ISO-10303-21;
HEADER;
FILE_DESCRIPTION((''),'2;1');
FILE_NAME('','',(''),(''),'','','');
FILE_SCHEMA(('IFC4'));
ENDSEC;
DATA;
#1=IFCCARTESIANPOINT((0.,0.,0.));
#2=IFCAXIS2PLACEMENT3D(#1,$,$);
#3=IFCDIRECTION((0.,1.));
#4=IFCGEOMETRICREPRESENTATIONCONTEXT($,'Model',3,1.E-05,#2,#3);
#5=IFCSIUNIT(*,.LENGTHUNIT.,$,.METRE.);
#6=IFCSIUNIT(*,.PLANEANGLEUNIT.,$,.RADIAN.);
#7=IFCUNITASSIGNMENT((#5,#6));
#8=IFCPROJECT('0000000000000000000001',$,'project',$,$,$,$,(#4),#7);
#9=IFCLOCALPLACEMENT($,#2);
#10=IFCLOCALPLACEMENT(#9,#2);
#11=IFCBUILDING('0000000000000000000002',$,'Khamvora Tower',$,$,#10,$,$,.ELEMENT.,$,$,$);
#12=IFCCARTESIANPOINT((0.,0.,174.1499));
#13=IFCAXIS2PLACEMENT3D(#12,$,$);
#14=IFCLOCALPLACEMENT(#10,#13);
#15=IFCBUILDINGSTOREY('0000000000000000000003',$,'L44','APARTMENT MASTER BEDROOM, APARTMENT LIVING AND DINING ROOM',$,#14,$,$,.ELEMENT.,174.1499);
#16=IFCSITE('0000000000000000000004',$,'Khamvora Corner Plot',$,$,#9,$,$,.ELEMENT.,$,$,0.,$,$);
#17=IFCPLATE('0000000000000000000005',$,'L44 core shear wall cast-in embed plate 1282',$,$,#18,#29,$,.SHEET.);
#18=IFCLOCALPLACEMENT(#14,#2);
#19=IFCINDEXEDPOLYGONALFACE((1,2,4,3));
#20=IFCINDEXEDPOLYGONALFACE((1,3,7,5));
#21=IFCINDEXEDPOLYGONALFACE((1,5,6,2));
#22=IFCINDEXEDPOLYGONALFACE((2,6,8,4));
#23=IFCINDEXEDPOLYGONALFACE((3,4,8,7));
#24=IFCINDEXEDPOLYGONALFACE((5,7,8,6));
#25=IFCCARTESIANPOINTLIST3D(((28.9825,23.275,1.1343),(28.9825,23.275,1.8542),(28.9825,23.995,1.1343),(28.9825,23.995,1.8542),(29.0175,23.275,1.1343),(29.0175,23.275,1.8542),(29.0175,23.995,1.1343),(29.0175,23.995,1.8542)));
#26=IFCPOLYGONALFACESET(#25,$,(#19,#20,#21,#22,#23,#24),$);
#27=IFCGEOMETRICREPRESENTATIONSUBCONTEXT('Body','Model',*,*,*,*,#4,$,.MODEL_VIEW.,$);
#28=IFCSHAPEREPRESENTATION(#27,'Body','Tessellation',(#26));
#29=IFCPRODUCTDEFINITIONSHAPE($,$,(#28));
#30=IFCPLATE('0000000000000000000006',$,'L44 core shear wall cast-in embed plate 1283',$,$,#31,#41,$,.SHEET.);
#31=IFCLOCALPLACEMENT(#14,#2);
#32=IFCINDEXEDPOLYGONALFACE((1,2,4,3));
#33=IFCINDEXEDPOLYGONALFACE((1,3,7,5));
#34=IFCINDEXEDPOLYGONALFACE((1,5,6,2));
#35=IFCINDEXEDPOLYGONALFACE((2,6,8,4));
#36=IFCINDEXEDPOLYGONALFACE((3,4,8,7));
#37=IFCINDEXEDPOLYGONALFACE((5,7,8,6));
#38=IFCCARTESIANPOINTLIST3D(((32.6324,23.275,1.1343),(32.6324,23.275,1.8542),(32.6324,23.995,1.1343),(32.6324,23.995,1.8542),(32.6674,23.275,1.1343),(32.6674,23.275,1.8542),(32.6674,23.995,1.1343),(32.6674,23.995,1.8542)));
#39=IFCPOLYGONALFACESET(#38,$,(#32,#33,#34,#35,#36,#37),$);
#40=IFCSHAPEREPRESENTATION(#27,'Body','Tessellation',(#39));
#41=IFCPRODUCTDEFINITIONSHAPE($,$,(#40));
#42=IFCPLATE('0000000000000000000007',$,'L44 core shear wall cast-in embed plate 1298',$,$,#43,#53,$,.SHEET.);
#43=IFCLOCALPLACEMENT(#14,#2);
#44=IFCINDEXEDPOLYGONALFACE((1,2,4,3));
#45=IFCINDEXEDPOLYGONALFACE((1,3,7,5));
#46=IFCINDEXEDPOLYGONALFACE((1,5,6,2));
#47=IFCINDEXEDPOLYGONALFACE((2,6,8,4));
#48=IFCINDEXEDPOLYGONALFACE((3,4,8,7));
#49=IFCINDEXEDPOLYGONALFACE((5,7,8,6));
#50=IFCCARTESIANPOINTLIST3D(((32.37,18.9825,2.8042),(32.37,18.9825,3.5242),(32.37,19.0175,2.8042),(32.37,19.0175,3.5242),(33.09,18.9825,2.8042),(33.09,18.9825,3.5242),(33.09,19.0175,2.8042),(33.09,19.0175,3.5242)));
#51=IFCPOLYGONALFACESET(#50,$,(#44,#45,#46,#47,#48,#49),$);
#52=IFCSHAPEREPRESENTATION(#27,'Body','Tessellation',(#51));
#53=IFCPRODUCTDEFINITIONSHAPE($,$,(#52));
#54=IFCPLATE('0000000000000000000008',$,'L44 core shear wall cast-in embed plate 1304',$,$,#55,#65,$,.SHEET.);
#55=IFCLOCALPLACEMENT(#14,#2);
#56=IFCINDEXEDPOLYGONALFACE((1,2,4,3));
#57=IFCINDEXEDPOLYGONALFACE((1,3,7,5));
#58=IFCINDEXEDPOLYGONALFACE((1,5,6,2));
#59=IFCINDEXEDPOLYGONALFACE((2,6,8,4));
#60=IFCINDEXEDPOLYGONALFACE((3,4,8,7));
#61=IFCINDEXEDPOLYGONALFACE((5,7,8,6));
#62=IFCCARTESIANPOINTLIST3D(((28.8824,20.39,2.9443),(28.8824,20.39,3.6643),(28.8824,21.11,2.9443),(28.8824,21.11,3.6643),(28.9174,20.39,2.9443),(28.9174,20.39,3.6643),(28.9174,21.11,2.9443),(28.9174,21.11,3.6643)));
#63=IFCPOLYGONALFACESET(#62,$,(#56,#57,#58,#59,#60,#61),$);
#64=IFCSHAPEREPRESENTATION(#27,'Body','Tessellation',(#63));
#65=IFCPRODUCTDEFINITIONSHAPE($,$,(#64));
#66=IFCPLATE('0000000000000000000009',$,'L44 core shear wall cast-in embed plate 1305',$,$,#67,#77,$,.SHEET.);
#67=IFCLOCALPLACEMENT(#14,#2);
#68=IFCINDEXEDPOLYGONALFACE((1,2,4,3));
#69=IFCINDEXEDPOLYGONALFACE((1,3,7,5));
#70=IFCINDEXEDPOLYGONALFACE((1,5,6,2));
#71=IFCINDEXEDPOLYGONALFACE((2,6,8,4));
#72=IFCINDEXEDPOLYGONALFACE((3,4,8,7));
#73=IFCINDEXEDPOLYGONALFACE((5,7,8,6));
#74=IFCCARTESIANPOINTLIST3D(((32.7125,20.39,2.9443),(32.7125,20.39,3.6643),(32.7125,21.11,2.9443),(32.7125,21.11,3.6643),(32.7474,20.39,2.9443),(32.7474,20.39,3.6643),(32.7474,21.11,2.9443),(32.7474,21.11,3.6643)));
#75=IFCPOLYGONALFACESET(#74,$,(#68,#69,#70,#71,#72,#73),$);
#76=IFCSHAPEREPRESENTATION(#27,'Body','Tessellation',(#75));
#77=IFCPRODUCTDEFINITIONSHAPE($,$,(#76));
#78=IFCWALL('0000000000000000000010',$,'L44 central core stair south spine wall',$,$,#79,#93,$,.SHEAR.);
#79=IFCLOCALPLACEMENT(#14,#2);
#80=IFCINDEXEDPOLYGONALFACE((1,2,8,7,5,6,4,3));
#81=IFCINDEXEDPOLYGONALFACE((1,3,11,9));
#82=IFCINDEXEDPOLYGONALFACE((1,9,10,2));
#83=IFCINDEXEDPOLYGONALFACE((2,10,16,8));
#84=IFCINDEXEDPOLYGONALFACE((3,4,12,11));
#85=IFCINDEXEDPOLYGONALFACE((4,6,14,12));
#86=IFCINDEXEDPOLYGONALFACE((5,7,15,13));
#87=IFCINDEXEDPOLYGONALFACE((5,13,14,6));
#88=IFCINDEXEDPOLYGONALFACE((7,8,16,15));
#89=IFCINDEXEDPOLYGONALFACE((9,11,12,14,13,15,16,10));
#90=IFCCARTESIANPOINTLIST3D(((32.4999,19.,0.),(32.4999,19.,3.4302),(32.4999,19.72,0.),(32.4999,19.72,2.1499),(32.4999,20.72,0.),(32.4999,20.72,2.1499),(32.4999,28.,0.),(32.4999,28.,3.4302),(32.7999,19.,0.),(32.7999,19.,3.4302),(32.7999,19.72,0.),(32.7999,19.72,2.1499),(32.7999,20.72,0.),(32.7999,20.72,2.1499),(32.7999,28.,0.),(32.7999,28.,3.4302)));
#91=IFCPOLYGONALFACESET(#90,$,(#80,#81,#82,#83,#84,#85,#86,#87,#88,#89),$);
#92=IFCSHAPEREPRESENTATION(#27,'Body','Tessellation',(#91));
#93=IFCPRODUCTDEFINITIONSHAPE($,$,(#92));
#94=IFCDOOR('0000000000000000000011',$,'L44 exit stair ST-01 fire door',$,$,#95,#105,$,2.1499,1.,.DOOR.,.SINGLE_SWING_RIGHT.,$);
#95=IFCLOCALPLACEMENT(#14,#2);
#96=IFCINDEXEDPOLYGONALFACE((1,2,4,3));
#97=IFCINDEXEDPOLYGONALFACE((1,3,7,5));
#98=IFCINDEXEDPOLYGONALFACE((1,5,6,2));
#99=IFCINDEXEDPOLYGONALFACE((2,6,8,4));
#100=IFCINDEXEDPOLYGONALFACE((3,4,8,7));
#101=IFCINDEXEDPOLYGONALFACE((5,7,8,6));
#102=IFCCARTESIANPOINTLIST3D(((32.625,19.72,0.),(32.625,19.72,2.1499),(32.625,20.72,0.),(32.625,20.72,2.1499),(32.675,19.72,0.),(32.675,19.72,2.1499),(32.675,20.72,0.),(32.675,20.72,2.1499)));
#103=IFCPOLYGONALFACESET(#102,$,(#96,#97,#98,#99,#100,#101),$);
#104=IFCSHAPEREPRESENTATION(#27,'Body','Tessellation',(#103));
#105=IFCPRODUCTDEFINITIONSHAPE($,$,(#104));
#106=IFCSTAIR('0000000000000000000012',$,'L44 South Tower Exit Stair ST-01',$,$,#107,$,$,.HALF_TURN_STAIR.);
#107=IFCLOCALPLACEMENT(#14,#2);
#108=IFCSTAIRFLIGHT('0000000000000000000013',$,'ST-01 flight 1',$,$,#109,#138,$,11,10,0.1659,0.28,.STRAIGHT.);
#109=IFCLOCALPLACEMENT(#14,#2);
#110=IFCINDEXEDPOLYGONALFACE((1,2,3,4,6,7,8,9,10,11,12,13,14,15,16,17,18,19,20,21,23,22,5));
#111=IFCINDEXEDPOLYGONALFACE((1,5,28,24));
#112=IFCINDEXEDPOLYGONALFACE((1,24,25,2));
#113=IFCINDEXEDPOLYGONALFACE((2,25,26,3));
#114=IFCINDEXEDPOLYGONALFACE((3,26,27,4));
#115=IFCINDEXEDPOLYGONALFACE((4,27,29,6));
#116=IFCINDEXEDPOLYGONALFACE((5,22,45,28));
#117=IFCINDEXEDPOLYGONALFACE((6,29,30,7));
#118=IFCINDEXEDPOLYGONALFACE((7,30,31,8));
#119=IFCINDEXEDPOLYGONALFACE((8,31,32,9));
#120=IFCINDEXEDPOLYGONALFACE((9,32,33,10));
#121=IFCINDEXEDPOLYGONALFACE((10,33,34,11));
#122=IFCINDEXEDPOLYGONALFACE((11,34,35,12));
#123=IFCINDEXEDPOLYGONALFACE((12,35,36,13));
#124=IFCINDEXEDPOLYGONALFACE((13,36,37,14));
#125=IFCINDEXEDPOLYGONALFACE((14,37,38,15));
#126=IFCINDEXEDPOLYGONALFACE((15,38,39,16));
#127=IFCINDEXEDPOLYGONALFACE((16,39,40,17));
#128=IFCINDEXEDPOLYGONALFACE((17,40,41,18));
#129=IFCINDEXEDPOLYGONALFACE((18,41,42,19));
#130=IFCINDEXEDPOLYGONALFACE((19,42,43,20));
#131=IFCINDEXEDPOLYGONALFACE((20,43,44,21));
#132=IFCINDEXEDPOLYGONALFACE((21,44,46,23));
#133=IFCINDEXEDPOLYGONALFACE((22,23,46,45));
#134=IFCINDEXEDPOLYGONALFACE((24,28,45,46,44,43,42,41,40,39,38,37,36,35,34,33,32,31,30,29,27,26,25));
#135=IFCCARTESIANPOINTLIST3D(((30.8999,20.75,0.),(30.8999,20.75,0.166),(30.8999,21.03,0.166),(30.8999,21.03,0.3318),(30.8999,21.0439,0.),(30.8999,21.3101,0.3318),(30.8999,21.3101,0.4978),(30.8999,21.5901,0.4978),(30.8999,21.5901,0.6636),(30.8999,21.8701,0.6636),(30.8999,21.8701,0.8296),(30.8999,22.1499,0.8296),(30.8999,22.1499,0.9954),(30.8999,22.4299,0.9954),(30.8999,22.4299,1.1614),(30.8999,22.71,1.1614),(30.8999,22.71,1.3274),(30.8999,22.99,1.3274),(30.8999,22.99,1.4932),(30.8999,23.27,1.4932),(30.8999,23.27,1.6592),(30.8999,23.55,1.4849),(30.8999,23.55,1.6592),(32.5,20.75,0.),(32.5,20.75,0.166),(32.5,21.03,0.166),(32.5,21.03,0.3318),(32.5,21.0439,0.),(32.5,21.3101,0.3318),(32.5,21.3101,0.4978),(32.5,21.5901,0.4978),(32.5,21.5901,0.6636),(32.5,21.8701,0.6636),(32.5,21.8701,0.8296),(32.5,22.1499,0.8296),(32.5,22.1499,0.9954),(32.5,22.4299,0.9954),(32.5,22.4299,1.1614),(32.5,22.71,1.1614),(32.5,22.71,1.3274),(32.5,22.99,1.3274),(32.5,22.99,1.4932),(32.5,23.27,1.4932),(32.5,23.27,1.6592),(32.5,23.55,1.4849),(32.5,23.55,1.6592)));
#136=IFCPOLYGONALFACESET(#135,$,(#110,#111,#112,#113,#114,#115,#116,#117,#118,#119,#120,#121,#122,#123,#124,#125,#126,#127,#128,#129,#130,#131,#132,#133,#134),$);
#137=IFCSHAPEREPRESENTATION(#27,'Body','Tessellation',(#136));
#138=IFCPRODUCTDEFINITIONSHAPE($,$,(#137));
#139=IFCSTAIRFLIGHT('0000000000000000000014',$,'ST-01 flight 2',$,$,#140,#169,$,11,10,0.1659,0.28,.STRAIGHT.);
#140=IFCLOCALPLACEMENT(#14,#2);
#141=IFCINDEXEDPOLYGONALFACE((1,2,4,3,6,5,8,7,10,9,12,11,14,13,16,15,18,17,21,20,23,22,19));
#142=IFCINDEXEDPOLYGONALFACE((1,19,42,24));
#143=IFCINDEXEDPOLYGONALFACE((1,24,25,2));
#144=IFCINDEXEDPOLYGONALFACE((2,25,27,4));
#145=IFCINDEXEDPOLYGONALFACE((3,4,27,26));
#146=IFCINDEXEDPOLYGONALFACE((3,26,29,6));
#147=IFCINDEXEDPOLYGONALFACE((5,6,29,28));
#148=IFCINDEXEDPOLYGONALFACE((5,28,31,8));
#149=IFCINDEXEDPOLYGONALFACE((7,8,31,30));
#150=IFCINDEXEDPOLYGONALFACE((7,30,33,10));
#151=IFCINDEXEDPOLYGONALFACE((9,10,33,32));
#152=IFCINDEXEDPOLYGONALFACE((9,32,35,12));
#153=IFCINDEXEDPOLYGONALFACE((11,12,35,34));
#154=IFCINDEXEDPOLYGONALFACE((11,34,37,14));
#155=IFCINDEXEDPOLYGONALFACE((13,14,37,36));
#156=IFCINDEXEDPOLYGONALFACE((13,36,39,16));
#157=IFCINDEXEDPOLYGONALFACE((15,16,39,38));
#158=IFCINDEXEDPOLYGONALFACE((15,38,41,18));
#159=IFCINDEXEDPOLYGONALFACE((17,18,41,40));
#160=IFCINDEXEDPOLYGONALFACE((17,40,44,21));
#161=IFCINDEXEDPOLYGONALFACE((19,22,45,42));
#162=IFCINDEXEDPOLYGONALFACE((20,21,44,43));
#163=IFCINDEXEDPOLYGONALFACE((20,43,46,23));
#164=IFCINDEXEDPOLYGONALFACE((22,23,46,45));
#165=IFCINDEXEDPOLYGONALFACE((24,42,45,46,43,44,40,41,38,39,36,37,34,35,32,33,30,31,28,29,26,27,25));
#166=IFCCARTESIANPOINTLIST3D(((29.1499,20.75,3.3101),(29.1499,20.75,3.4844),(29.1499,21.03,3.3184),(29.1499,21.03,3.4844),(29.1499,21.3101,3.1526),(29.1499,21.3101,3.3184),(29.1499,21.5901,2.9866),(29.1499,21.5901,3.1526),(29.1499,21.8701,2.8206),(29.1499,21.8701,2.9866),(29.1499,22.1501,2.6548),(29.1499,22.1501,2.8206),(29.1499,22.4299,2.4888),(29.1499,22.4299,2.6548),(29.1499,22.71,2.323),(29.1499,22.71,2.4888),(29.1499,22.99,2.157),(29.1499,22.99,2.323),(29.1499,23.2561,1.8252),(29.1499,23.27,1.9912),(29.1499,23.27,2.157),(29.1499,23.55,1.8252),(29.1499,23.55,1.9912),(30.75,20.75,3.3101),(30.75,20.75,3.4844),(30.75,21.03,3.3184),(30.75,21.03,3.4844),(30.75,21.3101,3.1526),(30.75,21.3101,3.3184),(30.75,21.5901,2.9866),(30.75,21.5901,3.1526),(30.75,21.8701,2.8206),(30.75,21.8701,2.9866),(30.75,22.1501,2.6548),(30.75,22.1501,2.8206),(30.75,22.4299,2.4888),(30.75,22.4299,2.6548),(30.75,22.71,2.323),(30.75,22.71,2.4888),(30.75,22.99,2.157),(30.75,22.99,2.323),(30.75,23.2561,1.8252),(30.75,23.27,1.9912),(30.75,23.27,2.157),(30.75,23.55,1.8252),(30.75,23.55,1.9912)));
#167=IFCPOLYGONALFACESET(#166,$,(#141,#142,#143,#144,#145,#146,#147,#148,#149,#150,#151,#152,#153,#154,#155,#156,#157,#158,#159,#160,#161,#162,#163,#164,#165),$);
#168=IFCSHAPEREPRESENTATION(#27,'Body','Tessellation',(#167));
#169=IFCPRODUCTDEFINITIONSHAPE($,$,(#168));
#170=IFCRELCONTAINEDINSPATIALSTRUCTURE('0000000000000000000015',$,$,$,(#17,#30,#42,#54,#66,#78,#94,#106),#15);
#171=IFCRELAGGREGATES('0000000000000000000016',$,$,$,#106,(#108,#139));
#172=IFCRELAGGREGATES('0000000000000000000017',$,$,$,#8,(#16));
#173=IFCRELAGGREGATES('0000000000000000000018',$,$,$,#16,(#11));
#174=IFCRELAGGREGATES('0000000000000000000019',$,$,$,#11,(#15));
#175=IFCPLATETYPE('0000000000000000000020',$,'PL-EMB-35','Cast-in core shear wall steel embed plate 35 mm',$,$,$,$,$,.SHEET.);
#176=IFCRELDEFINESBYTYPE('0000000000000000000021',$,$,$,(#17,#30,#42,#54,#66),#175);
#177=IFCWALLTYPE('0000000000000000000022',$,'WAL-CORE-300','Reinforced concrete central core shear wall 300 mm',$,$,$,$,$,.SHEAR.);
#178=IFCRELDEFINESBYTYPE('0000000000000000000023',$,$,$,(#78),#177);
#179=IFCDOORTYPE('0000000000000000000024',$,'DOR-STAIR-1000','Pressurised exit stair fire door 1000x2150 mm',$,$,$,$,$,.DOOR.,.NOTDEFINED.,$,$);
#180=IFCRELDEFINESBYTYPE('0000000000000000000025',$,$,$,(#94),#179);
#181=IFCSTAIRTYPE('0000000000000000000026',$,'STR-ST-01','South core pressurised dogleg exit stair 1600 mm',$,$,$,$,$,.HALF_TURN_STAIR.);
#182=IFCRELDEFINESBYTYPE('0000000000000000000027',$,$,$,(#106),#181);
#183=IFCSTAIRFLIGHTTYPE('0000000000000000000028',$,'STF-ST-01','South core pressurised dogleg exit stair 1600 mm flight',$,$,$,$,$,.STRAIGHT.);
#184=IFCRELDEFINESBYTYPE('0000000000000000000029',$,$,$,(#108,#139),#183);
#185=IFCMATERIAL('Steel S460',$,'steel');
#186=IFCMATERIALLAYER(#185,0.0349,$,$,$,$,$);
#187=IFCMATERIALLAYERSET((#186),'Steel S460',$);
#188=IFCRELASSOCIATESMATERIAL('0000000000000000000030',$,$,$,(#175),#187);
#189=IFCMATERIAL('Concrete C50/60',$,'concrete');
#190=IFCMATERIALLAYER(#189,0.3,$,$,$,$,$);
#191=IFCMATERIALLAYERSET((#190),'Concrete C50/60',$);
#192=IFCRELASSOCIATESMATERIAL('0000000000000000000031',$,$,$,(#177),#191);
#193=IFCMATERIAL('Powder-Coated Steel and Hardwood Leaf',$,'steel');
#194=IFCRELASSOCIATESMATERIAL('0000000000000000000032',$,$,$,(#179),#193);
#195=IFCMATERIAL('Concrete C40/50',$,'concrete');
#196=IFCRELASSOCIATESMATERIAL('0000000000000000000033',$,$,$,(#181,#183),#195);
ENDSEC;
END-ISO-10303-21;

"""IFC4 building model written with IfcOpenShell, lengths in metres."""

from ifc_helpers import new_model, si_unit, direction, frame, frame_2d, origin, origin_2d, place, context, subcontext, project, spatial, polyline, rectangle, outline, extrude, material, layer, layer_set, type_object, element, fill, aggregate, save


model = new_model("IFC4")

# Units and contexts
model_context = context("Model", 3, precision=1e-05, world=origin(), true_north=direction((0.0, 1.0)))
body_context = subcontext(model_context, "Body", "Model", "MODEL_VIEW")
ifc_project = project(units=[si_unit("LENGTHUNIT", "METRE"), si_unit("PLANEANGLEUNIT", "RADIAN")], contexts=[model_context])

# Site, building, storey
site_placement = place(None, origin())
site = spatial("IfcSite", under=ifc_project, at=site_placement, Name="Khamvora Corner Plot", CompositionType="ELEMENT", RefElevation=0.0)
building_placement = place(site_placement, origin())
building = spatial("IfcBuilding", under=site, at=building_placement, Name="Khamvora Tower", CompositionType="ELEMENT")
storey_placement = place(building_placement, frame((0.0, 0.0, 174.1499)))
storey = spatial("IfcBuildingStorey", under=building, at=storey_placement, Name="L44", Description="APARTMENT MASTER BEDROOM, APARTMENT LIVING AND DINING ROOM", CompositionType="ELEMENT", Elevation=174.1499)

# Plates
ifc_material_1 = material(Name="Steel S460", Category="steel")
ifc_layer_1 = layer(ifc_material_1, 0.0349)
ifc_layer_set_1 = layer_set([ifc_layer_1], Name="Steel S460")
plate_type = type_object("IfcPlateType", Name="PL-EMB-35", Description="Cast-in core shear wall steel embed plate 35 mm", PredefinedType="SHEET", material=ifc_layer_set_1)
for number, where, z_axis, x_axis, name in (
    (1, (29.0, 23.635, 1.1343), (0.0, 0.0, 1.0), (1.0, 0.0, 0.0), "L44 core shear wall cast-in embed plate 1282"),
    (2, (32.6499, 23.635, 1.1343), (0.0, 0.0, 1.0), (1.0, 0.0, 0.0), "L44 core shear wall cast-in embed plate 1283"),
):
    element("IfcPlate", number, at=place(storey_placement, frame(where, z_axis=z_axis, x_axis=x_axis)), inside=storey, type_object=plate_type, Name=name, PredefinedType="SHEET", context=body_context, shape_type="SweptSolid", body=[
        extrude(rectangle(XDim=0.0349, YDim=0.72, at=origin_2d()), origin(), (0.0, 0.0, 1.0), 0.72),
    ])
plate_placement = place(storey_placement, frame((32.73, 19.0, 2.8042), z_axis=(0.0, 0.0, 1.0), x_axis=(1.0, 0.0, 0.0)))
element("IfcPlate", 3, at=plate_placement, inside=storey, type_object=plate_type, Name="L44 core shear wall cast-in embed plate 1298", PredefinedType="SHEET", context=body_context, shape_type="SweptSolid", body=[
    extrude(rectangle(XDim=0.72, YDim=0.0349, at=origin_2d()), origin(), (0.0, 0.0, 1.0), 0.72),
])
for number, where, z_axis, x_axis, name in (
    (4, (28.8999, 20.75, 2.9443), (0.0, 0.0, 1.0), (1.0, 0.0, 0.0), "L44 core shear wall cast-in embed plate 1304"),
    (5, (32.73, 20.75, 2.9443), (0.0, 0.0, 1.0), (1.0, 0.0, 0.0), "L44 core shear wall cast-in embed plate 1305"),
):
    element("IfcPlate", number, at=place(storey_placement, frame(where, z_axis=z_axis, x_axis=x_axis)), inside=storey, type_object=plate_type, Name=name, PredefinedType="SHEET", context=body_context, shape_type="SweptSolid", body=[
        extrude(rectangle(XDim=0.0349, YDim=0.72, at=origin_2d()), origin(), (0.0, 0.0, 1.0), 0.72),
    ])

# Wall, opening, door
ifc_material_2 = material(Name="Concrete C50/60", Category="concrete")
ifc_layer_2 = layer(ifc_material_2, 0.3)
ifc_layer_set_2 = layer_set([ifc_layer_2], Name="Concrete C50/60")
wall_type = type_object("IfcWallType", Name="WAL-CORE-300", Description="Reinforced concrete central core shear wall 300 mm", PredefinedType="SHEAR", material=ifc_layer_set_2)
wall_1_placement = place(storey_placement, frame((32.6499, 19.0, 0.0), z_axis=(0.0, 0.0, 1.0), x_axis=(0.0, 1.0, 0.0)))
wall_1 = element("IfcWall", 6, at=wall_1_placement, inside=storey, type_object=wall_type, Name="L44 central core stair south spine wall", PredefinedType="SHEAR", context=body_context, shape_type="SweptSolid", body=[
    extrude(rectangle(XDim=9.0, YDim=0.3, at=frame_2d((4.5, 0.0))), origin(), (0.0, 0.0, 1.0), 3.4302),
])
opening_1_placement = place(wall_1_placement, frame((0.72, 0.0, 0.0)))
opening_1 = element("IfcOpeningElement", 7, at=opening_1_placement, cuts=wall_1, PredefinedType="OPENING", context=body_context, shape_type="SweptSolid", body=[
    extrude(rectangle(XDim=1.0, YDim=2.1499, at=frame_2d((0.5, 1.075))), frame((0.0, 0.1599, 0.0), z_axis=(0.0, -1.0, 0.0), x_axis=(1.0, 0.0, 0.0)), (0.0, 0.0, 1.0), 0.3201),
])
ifc_material_3 = material(Name="Powder-Coated Steel and Hardwood Leaf", Category="steel")
door_type_1 = type_object("IfcDoorType", Name="DOR-STAIR-1000", Description="Pressurised exit stair fire door 1000x2150 mm", OperationType="NOTDEFINED", PredefinedType="DOOR", material=ifc_material_3)
door_1_placement = place(opening_1_placement, origin())
door_1 = element("IfcDoor", 8, at=door_1_placement, inside=storey, type_object=door_type_1, Name="L44 exit stair ST-01 fire door", OperationType="SINGLE_SWING_RIGHT", OverallHeight=2.1499, OverallWidth=1.0, PredefinedType="DOOR", context=body_context, shape_type="SweptSolid", body=[
    extrude(rectangle(XDim=1.0, YDim=2.1499, at=frame_2d((0.5, 1.075))), frame((0.0, 0.0249, 0.0), z_axis=(0.0, -1.0, 0.0), x_axis=(1.0, 0.0, 0.0)), (0.0, 0.0, 1.0), 0.05),
])
fill(opening_1, door_1)

# Stair, stair flights
ifc_material_4 = material(Name="Concrete C40/50", Category="concrete")
stair_type = type_object("IfcStairType", Name="STR-ST-01", Description="South core pressurised dogleg exit stair 1600 mm", PredefinedType="HALF_TURN_STAIR", material=ifc_material_4)
stair_placement = place(storey_placement, origin())
stair = element("IfcStair", 9, at=stair_placement, inside=storey, type_object=stair_type, Name="L44 South Tower Exit Stair ST-01", PredefinedType="HALF_TURN_STAIR")
stair_flight_type = type_object("IfcStairFlightType", Name="STF-ST-01", Description="South core pressurised dogleg exit stair 1600 mm flight", PredefinedType="STRAIGHT", material=ifc_material_4)
stair_flight_1_placement = place(storey_placement, frame((31.7, 20.75, 0.0), z_axis=(0.0, 0.0, 1.0), x_axis=(0.0, 1.0, 0.0)))
stair_flight_1 = element("IfcStairFlight", 10, at=stair_flight_1_placement, type_object=stair_flight_type, Name="ST-01 flight 1", NumberOfRisers=11, NumberOfTreads=10, PredefinedType="STRAIGHT", RiserHeight=0.1659, TreadLength=0.28, context=body_context, shape_type="SweptSolid", body=[
    extrude(outline(polyline([(0.0, 0.0), (0.0, 0.166), (0.28, 0.166), (0.28, 0.3318), (0.5601, 0.3318), (0.5601, 0.4978), (0.8401, 0.4978), (0.8401, 0.6636), (1.1201, 0.6636), (1.1201, 0.8296), (1.3999, 0.8296), (1.3999, 0.9954), (1.6799, 0.9954), (1.6799, 1.1614), (1.96, 1.1614), (1.96, 1.3274), (2.24, 1.3274), (2.24, 1.4932), (2.52, 1.4932), (2.52, 1.6592), (2.8, 1.6592), (2.8, 1.825), (2.8, 1.4849), (0.2939, 0.0), (0.0, 0.0)])), frame((0.0, 0.8, 0.0), z_axis=(0.0, -1.0, 0.0), x_axis=(1.0, 0.0, 0.0)), (0.0, 0.0, 1.0), 1.6001),
])
stair_flight_2_placement = place(storey_placement, frame((29.95, 23.55, 1.8252), z_axis=(0.0, 0.0, 1.0), x_axis=(0.0, -1.0, 0.0)))
stair_flight_2 = element("IfcStairFlight", 11, at=stair_flight_2_placement, type_object=stair_flight_type, Name="ST-01 flight 2", NumberOfRisers=11, NumberOfTreads=10, PredefinedType="STRAIGHT", RiserHeight=0.1659, TreadLength=0.28, context=body_context, shape_type="SweptSolid", body=[
    extrude(outline(polyline([(0.0, 0.0), (0.0, 0.166), (0.28, 0.166), (0.28, 0.3318), (0.5601, 0.3318), (0.5601, 0.4978), (0.8401, 0.4978), (0.8401, 0.6636), (1.1201, 0.6636), (1.1201, 0.8296), (1.3999, 0.8296), (1.3999, 0.9954), (1.6799, 0.9954), (1.6799, 1.1614), (1.96, 1.1614), (1.96, 1.3274), (2.24, 1.3274), (2.24, 1.4932), (2.52, 1.4932), (2.52, 1.6592), (2.8, 1.6592), (2.8, 1.825), (2.8, 1.4849), (0.2939, 0.0), (0.0, 0.0)])), frame((0.0, 0.8, 0.0), z_axis=(0.0, -1.0, 0.0), x_axis=(1.0, 0.0, 0.0)), (0.0, 0.0, 1.0), 1.6001),
])
aggregate(stair, [stair_flight_1, stair_flight_2])

save(model, "model.ifc")
